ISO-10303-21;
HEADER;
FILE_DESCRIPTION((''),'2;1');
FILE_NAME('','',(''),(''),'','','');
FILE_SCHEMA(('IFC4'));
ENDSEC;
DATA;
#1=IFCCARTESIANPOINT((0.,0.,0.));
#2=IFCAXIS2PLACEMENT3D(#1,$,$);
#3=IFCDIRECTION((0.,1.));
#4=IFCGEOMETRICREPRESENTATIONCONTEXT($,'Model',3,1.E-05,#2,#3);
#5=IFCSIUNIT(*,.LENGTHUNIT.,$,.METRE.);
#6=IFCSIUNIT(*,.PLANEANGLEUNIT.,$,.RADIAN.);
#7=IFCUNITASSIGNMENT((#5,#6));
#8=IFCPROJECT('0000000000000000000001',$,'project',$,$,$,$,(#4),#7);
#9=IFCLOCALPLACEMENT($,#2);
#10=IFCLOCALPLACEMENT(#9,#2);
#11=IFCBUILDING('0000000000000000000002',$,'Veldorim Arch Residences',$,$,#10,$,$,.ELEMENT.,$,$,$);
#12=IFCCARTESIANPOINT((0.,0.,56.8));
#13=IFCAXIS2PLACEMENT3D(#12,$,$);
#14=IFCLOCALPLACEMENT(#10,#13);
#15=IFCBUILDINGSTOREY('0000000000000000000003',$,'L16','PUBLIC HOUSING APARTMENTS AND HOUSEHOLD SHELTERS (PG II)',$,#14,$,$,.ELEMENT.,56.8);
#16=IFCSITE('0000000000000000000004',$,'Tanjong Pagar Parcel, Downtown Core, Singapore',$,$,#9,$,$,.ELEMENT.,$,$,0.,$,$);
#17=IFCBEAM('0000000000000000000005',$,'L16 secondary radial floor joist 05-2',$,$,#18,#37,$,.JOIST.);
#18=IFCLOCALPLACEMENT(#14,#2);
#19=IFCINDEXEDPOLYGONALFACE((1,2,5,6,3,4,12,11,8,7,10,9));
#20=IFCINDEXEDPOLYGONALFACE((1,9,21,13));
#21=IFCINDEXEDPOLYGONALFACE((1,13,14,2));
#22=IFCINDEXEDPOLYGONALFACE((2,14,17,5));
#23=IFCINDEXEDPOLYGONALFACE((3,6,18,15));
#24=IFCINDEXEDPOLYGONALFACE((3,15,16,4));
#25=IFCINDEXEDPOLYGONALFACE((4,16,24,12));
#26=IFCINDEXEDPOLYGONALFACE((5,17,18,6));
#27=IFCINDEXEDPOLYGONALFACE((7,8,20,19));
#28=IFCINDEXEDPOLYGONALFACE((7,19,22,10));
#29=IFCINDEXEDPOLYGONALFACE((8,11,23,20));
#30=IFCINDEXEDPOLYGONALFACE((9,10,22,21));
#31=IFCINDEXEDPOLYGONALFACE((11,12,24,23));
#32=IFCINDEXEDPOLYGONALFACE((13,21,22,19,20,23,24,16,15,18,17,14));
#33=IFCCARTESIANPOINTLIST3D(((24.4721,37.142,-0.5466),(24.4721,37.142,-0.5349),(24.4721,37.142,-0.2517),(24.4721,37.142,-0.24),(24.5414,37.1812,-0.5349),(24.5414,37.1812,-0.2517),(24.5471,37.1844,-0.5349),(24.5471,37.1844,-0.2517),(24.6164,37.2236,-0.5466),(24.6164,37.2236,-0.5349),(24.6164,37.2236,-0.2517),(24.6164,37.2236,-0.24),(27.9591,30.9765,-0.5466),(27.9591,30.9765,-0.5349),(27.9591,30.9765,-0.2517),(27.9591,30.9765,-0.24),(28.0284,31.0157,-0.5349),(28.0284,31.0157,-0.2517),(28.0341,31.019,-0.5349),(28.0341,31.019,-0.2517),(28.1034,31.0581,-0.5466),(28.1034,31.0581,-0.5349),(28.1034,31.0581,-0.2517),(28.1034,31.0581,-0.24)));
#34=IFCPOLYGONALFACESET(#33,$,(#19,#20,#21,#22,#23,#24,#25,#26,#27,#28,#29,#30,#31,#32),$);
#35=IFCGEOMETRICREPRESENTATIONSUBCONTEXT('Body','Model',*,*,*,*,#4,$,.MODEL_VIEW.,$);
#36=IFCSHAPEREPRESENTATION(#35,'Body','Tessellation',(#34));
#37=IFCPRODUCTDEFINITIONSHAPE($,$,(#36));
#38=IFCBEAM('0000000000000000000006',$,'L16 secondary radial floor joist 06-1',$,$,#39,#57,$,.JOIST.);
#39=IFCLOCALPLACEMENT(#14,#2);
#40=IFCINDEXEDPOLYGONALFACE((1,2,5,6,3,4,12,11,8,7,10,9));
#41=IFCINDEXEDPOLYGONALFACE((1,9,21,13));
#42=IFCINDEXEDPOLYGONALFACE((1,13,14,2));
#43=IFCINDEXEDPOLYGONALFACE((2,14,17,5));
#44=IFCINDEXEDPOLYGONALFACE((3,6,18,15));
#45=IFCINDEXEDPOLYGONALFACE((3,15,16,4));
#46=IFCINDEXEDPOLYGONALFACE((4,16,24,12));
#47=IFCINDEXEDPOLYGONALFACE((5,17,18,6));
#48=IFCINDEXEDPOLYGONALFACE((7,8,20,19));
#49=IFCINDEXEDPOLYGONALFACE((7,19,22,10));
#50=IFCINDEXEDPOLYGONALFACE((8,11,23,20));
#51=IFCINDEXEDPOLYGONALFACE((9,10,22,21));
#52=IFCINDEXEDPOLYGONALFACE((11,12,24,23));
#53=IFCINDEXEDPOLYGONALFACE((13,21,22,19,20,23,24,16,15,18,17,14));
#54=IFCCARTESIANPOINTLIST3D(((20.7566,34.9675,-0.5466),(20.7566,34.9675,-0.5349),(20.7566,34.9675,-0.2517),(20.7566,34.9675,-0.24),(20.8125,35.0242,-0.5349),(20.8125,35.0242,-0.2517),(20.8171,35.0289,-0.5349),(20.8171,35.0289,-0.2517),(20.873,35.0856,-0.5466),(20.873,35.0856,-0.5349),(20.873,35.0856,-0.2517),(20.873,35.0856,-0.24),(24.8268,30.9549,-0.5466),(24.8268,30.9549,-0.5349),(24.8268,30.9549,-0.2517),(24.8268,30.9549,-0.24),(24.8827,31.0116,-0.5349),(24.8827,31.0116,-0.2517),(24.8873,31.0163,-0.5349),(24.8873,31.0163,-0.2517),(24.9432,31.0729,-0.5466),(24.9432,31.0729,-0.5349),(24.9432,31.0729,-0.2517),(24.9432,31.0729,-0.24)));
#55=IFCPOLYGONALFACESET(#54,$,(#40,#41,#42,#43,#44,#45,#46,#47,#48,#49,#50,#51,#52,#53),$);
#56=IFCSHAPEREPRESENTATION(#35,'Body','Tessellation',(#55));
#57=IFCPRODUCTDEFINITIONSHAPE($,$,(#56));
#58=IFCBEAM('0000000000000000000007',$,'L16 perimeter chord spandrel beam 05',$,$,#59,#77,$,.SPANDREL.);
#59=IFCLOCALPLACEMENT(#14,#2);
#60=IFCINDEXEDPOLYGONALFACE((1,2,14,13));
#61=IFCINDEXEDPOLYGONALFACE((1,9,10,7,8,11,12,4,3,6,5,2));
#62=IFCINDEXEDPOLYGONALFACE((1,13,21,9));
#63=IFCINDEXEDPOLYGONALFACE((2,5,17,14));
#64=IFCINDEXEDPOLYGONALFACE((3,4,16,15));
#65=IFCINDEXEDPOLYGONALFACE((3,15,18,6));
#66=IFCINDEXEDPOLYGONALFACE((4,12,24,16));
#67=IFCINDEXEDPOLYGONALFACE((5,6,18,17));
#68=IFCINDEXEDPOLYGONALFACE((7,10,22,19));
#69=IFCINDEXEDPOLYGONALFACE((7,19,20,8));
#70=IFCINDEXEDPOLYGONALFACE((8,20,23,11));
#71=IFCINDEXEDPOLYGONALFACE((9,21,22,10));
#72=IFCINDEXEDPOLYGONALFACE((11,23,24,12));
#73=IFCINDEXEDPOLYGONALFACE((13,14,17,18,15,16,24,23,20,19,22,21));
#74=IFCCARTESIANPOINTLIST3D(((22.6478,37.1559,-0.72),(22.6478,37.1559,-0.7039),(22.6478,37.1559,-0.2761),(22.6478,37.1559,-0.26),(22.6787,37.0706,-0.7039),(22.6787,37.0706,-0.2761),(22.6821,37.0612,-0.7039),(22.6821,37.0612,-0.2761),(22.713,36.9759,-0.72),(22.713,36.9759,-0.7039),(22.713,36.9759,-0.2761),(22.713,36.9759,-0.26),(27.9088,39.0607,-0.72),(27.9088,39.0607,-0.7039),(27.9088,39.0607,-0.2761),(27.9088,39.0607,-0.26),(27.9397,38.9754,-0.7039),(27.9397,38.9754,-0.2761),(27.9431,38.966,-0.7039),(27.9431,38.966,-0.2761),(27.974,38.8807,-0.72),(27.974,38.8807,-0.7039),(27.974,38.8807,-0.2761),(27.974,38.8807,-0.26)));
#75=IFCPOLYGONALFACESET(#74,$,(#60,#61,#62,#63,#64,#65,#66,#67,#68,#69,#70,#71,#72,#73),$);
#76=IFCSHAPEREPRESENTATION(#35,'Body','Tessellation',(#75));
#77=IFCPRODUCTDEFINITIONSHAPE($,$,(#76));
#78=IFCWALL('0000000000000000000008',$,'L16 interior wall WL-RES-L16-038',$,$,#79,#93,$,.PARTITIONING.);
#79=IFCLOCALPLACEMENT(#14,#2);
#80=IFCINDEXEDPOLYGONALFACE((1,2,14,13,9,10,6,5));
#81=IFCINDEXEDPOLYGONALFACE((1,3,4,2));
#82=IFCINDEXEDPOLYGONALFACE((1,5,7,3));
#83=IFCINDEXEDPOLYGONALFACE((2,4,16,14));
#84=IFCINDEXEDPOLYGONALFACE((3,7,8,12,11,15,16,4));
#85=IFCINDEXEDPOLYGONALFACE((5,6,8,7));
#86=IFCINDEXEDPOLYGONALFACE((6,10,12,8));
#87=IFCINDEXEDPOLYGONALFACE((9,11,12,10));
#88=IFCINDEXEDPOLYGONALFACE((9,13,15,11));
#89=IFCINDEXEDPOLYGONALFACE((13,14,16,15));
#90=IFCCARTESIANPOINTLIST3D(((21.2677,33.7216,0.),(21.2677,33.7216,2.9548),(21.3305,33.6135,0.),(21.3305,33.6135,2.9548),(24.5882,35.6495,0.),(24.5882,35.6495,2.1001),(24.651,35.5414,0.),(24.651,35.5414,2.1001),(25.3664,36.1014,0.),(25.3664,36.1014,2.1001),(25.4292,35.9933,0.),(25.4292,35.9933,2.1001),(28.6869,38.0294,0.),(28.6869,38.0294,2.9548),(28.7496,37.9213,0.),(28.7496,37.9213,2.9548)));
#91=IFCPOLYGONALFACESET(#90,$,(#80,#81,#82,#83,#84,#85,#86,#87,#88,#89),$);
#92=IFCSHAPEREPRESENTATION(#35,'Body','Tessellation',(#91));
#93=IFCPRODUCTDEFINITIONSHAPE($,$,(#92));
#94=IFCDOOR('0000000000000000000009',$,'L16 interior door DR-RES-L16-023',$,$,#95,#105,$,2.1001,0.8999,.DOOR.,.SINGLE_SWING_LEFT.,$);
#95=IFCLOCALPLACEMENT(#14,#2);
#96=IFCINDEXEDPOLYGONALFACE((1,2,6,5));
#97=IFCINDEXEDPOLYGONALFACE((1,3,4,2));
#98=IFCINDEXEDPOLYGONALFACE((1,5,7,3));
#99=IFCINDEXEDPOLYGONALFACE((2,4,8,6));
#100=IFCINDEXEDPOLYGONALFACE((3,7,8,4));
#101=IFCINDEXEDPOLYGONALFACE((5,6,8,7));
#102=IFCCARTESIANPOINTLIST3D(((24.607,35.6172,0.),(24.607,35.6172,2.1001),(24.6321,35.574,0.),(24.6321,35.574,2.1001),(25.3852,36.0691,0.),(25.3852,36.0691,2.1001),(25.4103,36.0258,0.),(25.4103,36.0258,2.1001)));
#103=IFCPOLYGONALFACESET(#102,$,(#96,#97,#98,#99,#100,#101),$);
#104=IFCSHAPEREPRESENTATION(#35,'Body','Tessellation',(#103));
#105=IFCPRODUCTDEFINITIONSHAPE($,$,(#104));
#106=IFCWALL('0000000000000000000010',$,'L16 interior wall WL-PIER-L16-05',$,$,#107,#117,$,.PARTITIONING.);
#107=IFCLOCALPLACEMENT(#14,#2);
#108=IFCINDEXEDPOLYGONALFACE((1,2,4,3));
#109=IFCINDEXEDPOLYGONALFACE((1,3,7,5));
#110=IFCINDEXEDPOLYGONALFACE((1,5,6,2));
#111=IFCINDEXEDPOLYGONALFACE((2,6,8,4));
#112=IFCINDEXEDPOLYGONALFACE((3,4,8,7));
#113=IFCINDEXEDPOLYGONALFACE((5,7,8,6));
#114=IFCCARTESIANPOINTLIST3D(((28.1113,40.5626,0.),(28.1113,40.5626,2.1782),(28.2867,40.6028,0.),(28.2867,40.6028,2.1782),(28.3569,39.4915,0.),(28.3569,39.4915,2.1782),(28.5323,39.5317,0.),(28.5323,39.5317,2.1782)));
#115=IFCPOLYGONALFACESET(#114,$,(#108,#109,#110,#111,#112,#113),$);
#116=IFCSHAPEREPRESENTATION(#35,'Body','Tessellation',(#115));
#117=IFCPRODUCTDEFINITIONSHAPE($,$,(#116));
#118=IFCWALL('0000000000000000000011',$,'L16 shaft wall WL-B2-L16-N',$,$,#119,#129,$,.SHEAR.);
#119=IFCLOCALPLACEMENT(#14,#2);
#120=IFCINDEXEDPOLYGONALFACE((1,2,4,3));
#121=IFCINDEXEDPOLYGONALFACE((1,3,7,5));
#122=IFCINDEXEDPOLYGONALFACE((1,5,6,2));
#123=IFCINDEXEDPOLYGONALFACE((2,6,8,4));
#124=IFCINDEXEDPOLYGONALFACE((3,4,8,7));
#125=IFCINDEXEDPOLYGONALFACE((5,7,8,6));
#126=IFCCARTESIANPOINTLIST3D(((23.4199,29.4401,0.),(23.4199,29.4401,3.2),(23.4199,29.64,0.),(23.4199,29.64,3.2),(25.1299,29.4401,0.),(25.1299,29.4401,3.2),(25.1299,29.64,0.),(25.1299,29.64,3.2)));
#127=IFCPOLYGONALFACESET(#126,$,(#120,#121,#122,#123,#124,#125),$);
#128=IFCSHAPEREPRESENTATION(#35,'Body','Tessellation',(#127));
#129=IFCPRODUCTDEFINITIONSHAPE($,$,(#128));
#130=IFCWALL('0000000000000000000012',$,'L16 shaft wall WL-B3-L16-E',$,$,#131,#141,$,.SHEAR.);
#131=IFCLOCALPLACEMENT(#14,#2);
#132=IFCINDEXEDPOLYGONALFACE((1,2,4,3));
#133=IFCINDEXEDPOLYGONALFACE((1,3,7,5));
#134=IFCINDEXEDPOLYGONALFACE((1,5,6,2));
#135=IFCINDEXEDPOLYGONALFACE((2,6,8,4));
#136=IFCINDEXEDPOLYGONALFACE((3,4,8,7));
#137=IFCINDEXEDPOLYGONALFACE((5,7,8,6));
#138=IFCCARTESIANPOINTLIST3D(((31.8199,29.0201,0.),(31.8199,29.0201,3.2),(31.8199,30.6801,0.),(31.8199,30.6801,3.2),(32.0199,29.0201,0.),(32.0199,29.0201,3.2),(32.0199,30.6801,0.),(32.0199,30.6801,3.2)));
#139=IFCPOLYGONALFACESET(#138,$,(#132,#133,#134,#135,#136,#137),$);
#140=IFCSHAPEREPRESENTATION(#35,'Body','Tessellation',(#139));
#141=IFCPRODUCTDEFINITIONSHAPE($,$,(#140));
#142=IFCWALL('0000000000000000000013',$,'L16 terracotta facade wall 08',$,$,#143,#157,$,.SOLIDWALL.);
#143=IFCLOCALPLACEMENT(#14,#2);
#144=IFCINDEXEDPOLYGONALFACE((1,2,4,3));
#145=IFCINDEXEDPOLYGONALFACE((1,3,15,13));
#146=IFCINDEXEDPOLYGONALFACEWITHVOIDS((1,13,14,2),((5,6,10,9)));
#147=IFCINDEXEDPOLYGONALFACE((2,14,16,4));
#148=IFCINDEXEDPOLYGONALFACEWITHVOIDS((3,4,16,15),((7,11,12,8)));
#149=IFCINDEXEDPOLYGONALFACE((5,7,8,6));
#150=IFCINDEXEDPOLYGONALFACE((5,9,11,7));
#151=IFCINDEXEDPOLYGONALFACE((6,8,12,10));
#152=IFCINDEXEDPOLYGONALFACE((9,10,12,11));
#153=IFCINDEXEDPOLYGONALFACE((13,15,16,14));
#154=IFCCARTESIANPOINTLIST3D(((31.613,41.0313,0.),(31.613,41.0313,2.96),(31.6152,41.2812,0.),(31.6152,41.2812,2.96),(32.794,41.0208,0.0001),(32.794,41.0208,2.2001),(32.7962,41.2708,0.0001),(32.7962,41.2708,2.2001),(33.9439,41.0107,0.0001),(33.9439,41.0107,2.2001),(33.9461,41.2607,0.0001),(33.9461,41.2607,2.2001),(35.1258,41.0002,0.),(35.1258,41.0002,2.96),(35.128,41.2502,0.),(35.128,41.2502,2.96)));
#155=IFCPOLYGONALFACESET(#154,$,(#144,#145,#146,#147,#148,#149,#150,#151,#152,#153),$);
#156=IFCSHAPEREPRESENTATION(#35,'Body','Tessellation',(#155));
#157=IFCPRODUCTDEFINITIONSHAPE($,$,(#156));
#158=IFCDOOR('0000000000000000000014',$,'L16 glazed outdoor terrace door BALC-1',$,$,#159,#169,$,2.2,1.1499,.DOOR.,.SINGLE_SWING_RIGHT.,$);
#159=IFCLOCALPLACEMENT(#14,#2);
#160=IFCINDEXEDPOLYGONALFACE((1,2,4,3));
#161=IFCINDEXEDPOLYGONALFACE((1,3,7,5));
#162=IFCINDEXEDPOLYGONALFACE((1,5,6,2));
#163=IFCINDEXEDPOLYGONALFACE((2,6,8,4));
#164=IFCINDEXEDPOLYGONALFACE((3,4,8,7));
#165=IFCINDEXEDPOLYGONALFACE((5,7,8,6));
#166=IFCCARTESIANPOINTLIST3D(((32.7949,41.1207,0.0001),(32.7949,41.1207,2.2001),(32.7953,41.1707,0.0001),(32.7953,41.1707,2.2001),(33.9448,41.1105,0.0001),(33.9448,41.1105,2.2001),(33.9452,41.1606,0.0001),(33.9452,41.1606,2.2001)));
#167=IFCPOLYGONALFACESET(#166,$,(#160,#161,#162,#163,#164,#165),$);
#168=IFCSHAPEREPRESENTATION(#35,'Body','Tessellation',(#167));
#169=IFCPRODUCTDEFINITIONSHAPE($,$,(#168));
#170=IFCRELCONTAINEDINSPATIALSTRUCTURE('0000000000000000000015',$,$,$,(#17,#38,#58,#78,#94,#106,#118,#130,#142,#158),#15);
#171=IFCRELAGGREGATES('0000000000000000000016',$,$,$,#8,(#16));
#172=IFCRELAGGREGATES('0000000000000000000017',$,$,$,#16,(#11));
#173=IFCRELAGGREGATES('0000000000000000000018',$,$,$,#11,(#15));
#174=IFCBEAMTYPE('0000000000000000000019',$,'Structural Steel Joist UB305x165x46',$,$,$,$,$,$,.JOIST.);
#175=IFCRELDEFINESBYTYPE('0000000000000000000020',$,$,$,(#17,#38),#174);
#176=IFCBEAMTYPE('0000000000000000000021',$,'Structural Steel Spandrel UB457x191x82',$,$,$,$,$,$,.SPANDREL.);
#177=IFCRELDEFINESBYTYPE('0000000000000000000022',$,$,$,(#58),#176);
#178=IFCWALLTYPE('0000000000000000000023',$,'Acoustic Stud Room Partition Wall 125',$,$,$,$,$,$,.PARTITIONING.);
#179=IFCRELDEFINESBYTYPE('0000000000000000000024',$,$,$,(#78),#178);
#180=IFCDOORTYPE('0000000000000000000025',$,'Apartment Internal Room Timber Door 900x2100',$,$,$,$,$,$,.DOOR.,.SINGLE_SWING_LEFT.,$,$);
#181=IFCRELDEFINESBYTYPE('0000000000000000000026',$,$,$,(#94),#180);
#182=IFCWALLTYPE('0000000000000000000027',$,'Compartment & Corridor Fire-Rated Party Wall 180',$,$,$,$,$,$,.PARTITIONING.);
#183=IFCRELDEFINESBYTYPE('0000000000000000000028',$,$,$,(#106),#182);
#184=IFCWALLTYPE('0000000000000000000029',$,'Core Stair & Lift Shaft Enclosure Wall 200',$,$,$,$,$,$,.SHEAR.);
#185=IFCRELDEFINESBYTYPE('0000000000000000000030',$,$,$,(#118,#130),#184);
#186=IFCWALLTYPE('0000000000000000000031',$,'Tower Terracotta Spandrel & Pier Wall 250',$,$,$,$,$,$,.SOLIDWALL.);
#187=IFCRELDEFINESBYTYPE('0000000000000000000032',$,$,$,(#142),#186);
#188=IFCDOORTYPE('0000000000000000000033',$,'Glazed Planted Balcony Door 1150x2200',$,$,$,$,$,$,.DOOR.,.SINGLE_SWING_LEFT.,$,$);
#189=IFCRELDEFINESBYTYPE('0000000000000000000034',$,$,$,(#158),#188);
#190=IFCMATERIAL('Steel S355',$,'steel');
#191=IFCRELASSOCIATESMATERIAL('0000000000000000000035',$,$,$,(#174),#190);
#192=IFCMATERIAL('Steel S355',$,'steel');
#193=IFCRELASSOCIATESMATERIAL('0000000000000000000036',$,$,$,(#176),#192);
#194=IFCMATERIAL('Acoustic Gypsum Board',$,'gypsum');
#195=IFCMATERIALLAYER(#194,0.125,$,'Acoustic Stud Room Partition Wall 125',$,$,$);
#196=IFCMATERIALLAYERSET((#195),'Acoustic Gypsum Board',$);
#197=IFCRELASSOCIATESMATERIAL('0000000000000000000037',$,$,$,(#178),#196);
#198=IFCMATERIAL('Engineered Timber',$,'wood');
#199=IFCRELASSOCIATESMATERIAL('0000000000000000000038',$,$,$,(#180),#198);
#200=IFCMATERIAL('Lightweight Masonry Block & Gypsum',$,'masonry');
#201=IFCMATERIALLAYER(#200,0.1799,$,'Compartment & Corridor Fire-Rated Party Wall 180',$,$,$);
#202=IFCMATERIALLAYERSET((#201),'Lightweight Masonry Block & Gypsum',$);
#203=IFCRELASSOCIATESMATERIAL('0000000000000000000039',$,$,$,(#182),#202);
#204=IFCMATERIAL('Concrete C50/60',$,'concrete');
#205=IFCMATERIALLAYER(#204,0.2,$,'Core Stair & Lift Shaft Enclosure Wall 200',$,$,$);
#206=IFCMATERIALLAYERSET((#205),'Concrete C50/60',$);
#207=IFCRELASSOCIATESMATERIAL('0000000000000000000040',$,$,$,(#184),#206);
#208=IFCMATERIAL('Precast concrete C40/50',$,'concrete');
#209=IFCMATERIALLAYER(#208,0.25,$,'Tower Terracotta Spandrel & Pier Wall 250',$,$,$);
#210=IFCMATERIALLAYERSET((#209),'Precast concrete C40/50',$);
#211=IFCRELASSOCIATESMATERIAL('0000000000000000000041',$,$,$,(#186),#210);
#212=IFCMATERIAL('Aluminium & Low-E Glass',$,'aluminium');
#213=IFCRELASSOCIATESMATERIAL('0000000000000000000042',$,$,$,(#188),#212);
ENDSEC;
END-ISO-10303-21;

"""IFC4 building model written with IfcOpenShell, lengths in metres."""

from ifc_helpers import new_model, si_unit, direction, frame, frame_2d, origin, origin_2d, place, context, subcontext, project, spatial, rectangle, i_section, extrude, material, layer, layer_set, material_profile, profile_set, type_object, element, fill, save


model = new_model("IFC4")

# Units and contexts
model_context = context("Model", 3, precision=1e-05, world=origin(), true_north=direction((0.0, 1.0)))
body_context = subcontext(model_context, "Body", "Model", "MODEL_VIEW")
ifc_project = project(units=[si_unit("LENGTHUNIT", "METRE"), si_unit("PLANEANGLEUNIT", "RADIAN")], contexts=[model_context])

# Site, building, storey
site_placement = place(None, origin())
site = spatial("IfcSite", under=ifc_project, at=site_placement, Name="Tanjong Pagar Parcel, Downtown Core, Singapore", CompositionType="ELEMENT", RefElevation=0.0)
building_placement = place(site_placement, origin())
building = spatial("IfcBuilding", under=site, at=building_placement, Name="Veldorim Arch Residences", CompositionType="ELEMENT")
storey_placement = place(building_placement, frame((0.0, 0.0, 56.8)))
storey = spatial("IfcBuildingStorey", under=building, at=storey_placement, Name="L16", Description="PUBLIC HOUSING APARTMENTS AND HOUSEHOLD SHELTERS (PG II)", CompositionType="ELEMENT", Elevation=56.8)

# Beams
ifc_material_1 = material(Name="Steel S355", Category="steel")
ifc_material_profile_1 = material_profile(ifc_material_1, i_section(OverallWidth=0.1658, OverallDepth=0.3066, WebThickness=0.0066, FlangeThickness=0.0117, at=origin_2d()), Name="UB305x165x46")
ifc_profile_set_1 = profile_set([ifc_material_profile_1], Name="Steel S355")
beam_type_1 = type_object("IfcBeamType", Name="Structural Steel Joist UB305x165x46", PredefinedType="JOIST", material=ifc_profile_set_1)
beam_1_placement = place(storey_placement, frame((28.0312, 31.0173, -0.3933), z_axis=(-0.492292, 0.87043, 0.0), x_axis=(-0.87043, -0.492292, 0.0)))
element("IfcBeam", 1, at=beam_1_placement, inside=storey, type_object=beam_type_1, Name="L16 secondary radial floor joist 05-2", PredefinedType="JOIST", context=body_context, shape_type="SweptSolid", body=[
    extrude(i_section(OverallWidth=0.1658, OverallDepth=0.3066, WebThickness=0.0066, FlangeThickness=0.0117, at=origin_2d()), origin(), (0.0, 0.0, 1.0), 7.0833),
])
beam_2_placement = place(storey_placement, frame((24.885, 31.0139, -0.3933), z_axis=(-0.712129, 0.702049, 0.0), x_axis=(-0.702049, -0.712129, 0.0)))
element("IfcBeam", 2, at=beam_2_placement, inside=storey, type_object=beam_type_1, Name="L16 secondary radial floor joist 06-1", PredefinedType="JOIST", context=body_context, shape_type="SweptSolid", body=[
    extrude(i_section(OverallWidth=0.1658, OverallDepth=0.3066, WebThickness=0.0066, FlangeThickness=0.0117, at=origin_2d()), origin(), (0.0, 0.0, 1.0), 5.7156),
])
ifc_material_2 = material(Name="Steel S355", Category="steel")
ifc_material_profile_2 = material_profile(ifc_material_2, i_section(OverallWidth=0.1914, OverallDepth=0.46, WebThickness=0.01, FlangeThickness=0.0161, at=origin_2d()), Name="UB457x191x82")
ifc_profile_set_2 = profile_set([ifc_material_profile_2], Name="Steel S355")
beam_type_2 = type_object("IfcBeamType", Name="Structural Steel Spandrel UB457x191x82", PredefinedType="SPANDREL", material=ifc_profile_set_2)
beam_3_placement = place(storey_placement, frame((27.9414, 38.9707, -0.49), z_axis=(-0.940269, -0.340432, 0.0), x_axis=(0.340432, -0.940269, 0.0)))
element("IfcBeam", 3, at=beam_3_placement, inside=storey, type_object=beam_type_2, Name="L16 perimeter chord spandrel beam 05", PredefinedType="SPANDREL", context=body_context, shape_type="SweptSolid", body=[
    extrude(i_section(OverallWidth=0.1914, OverallDepth=0.46, WebThickness=0.01, FlangeThickness=0.0161, at=origin_2d()), origin(), (0.0, 0.0, 1.0), 5.5952),
])

# Wall, opening, door
ifc_material_3 = material(Name="Acoustic Gypsum Board", Category="gypsum")
ifc_layer_1 = layer(ifc_material_3, 0.125, Name="Acoustic Stud Room Partition Wall 125")
ifc_layer_set_1 = layer_set([ifc_layer_1], Name="Acoustic Gypsum Board")
wall_type_1 = type_object("IfcWallType", Name="Acoustic Stud Room Partition Wall 125", PredefinedType="PARTITIONING", material=ifc_layer_set_1)
wall_1_placement = place(storey_placement, frame((28.7183, 37.9753, 0.0), z_axis=(0.0, 0.0, 1.0), x_axis=(-0.864792, -0.502131, 0.0)))
wall_1 = element("IfcWall", 4, at=wall_1_placement, inside=storey, type_object=wall_type_1, Name="L16 interior wall WL-RES-L16-038", PredefinedType="PARTITIONING", context=body_context, shape_type="SweptSolid", body=[
    extrude(rectangle(XDim=8.5791, YDim=0.125, at=frame_2d((4.2896, 0.0))), origin(), (0.0, 0.0, 1.0), 2.9548),
])
opening_1_placement = place(wall_1_placement, frame((3.8396, 0.0, 0.0)))
opening_1 = element("IfcOpeningElement", 5, at=opening_1_placement, cuts=wall_1, PredefinedType="OPENING", context=body_context, shape_type="SweptSolid", body=[
    extrude(rectangle(XDim=0.8999, YDim=2.1001, at=frame_2d((0.45, 1.05))), frame((0.0, 0.0725, 0.0), z_axis=(0.0, -1.0, 0.0), x_axis=(1.0, 0.0, 0.0)), (0.0, 0.0, 1.0), 0.145),
])
ifc_material_4 = material(Name="Engineered Timber", Category="wood")
door_type_1 = type_object("IfcDoorType", Name="Apartment Internal Room Timber Door 900x2100", OperationType="SINGLE_SWING_LEFT", PredefinedType="DOOR", material=ifc_material_4)
door_1_placement = place(opening_1_placement, origin())
door_1 = element("IfcDoor", 6, at=door_1_placement, inside=storey, type_object=door_type_1, Name="L16 interior door DR-RES-L16-023", OperationType="SINGLE_SWING_LEFT", OverallHeight=2.1001, OverallWidth=0.8999, PredefinedType="DOOR", context=body_context, shape_type="SweptSolid", body=[
    extrude(rectangle(XDim=0.8999, YDim=2.1001, at=frame_2d((0.45, 1.05))), frame((0.0, 0.0249, 0.0), z_axis=(0.0, -1.0, 0.0), x_axis=(1.0, 0.0, 0.0)), (0.0, 0.0, 1.0), 0.05),
])
fill(opening_1, door_1)

# Walls
ifc_material_5 = material(Name="Lightweight Masonry Block & Gypsum", Category="masonry")
ifc_layer_2 = layer(ifc_material_5, 0.1799, Name="Compartment & Corridor Fire-Rated Party Wall 180")
ifc_layer_set_2 = layer_set([ifc_layer_2], Name="Lightweight Masonry Block & Gypsum")
wall_type_2 = type_object("IfcWallType", Name="Compartment & Corridor Fire-Rated Party Wall 180", PredefinedType="PARTITIONING", material=ifc_layer_set_2)
wall_2_placement = place(storey_placement, frame((28.4446, 39.5117, 0.0), z_axis=(0.0, 0.0, 1.0), x_axis=(-0.223512, 0.974701, 0.0)))
element("IfcWall", 7, at=wall_2_placement, inside=storey, type_object=wall_type_2, Name="L16 interior wall WL-PIER-L16-05", PredefinedType="PARTITIONING", context=body_context, shape_type="SweptSolid", body=[
    extrude(rectangle(XDim=1.0989, YDim=0.1799, at=frame_2d((0.5493, 0.0))), origin(), (0.0, 0.0, 1.0), 2.1782),
])
ifc_material_6 = material(Name="Concrete C50/60", Category="concrete")
ifc_layer_3 = layer(ifc_material_6, 0.2, Name="Core Stair & Lift Shaft Enclosure Wall 200")
ifc_layer_set_3 = layer_set([ifc_layer_3], Name="Concrete C50/60")
wall_type_3 = type_object("IfcWallType", Name="Core Stair & Lift Shaft Enclosure Wall 200", PredefinedType="SHEAR", material=ifc_layer_set_3)
wall_3_placement = place(storey_placement, frame((23.4199, 29.54, 0.0), z_axis=(0.0, 0.0, 1.0), x_axis=(1.0, 0.0, 0.0)))
element("IfcWall", 8, at=wall_3_placement, inside=storey, type_object=wall_type_3, Name="L16 shaft wall WL-B2-L16-N", PredefinedType="SHEAR", context=body_context, shape_type="SweptSolid", body=[
    extrude(rectangle(XDim=1.71, YDim=0.2, at=frame_2d((0.855, 0.0))), origin(), (0.0, 0.0, 1.0), 3.2),
])
wall_4_placement = place(storey_placement, frame((31.9199, 29.02, 0.0), z_axis=(0.0, 0.0, 1.0), x_axis=(0.0, 1.0, 0.0)))
element("IfcWall", 9, at=wall_4_placement, inside=storey, type_object=wall_type_3, Name="L16 shaft wall WL-B3-L16-E", PredefinedType="SHEAR", context=body_context, shape_type="SweptSolid", body=[
    extrude(rectangle(XDim=1.6599, YDim=0.2, at=frame_2d((0.8301, 0.0))), origin(), (0.0, 0.0, 1.0), 3.2),
])

# Wall, opening, door
ifc_material_7 = material(Name="Precast concrete C40/50", Category="concrete")
ifc_layer_4 = layer(ifc_material_7, 0.25, Name="Tower Terracotta Spandrel & Pier Wall 250")
ifc_layer_set_4 = layer_set([ifc_layer_4], Name="Precast concrete C40/50")
wall_type_4 = type_object("IfcWallType", Name="Tower Terracotta Spandrel & Pier Wall 250", PredefinedType="SOLIDWALL", material=ifc_layer_set_4)
wall_5_placement = place(storey_placement, frame((31.6143, 41.1562, 0.0), z_axis=(0.0, 0.0, 1.0), x_axis=(0.999961, -0.008826, 0.0)))
wall_5 = element("IfcWall", 10, at=wall_5_placement, inside=storey, type_object=wall_type_4, Name="L16 terracotta facade wall 08", PredefinedType="SOLIDWALL", context=body_context, shape_type="SweptSolid", body=[
    extrude(rectangle(XDim=3.5129, YDim=0.25, at=frame_2d((1.7563, 0.0))), origin(), (0.0, 0.0, 1.0), 2.96),
])
opening_2_placement = place(wall_5_placement, frame((1.1809, 0.0, 0.0)))
opening_2 = element("IfcOpeningElement", 11, at=opening_2_placement, cuts=wall_5, PredefinedType="OPENING", context=body_context, shape_type="SweptSolid", body=[
    extrude(rectangle(XDim=1.1499, YDim=2.2, at=frame_2d((0.575, 1.1001))), frame((0.0, 0.135, 0.0), z_axis=(0.0, -1.0, 0.0), x_axis=(1.0, 0.0, 0.0)), (0.0, 0.0, 1.0), 0.27),
])
ifc_material_8 = material(Name="Aluminium & Low-E Glass", Category="aluminium")
door_type_2 = type_object("IfcDoorType", Name="Glazed Planted Balcony Door 1150x2200", OperationType="SINGLE_SWING_LEFT", PredefinedType="DOOR", material=ifc_material_8)
door_2_placement = place(opening_2_placement, origin())
door_2 = element("IfcDoor", 12, at=door_2_placement, inside=storey, type_object=door_type_2, Name="L16 glazed outdoor terrace door BALC-1", OperationType="SINGLE_SWING_RIGHT", OverallHeight=2.2, OverallWidth=1.1499, PredefinedType="DOOR", context=body_context, shape_type="SweptSolid", body=[
    extrude(rectangle(XDim=1.1499, YDim=2.2, at=frame_2d((0.575, 1.1001))), frame((0.0, 0.0249, 0.0), z_axis=(0.0, -1.0, 0.0), x_axis=(1.0, 0.0, 0.0)), (0.0, 0.0, 1.0), 0.05),
])
fill(opening_2, door_2)

save(model, "model.ifc")
